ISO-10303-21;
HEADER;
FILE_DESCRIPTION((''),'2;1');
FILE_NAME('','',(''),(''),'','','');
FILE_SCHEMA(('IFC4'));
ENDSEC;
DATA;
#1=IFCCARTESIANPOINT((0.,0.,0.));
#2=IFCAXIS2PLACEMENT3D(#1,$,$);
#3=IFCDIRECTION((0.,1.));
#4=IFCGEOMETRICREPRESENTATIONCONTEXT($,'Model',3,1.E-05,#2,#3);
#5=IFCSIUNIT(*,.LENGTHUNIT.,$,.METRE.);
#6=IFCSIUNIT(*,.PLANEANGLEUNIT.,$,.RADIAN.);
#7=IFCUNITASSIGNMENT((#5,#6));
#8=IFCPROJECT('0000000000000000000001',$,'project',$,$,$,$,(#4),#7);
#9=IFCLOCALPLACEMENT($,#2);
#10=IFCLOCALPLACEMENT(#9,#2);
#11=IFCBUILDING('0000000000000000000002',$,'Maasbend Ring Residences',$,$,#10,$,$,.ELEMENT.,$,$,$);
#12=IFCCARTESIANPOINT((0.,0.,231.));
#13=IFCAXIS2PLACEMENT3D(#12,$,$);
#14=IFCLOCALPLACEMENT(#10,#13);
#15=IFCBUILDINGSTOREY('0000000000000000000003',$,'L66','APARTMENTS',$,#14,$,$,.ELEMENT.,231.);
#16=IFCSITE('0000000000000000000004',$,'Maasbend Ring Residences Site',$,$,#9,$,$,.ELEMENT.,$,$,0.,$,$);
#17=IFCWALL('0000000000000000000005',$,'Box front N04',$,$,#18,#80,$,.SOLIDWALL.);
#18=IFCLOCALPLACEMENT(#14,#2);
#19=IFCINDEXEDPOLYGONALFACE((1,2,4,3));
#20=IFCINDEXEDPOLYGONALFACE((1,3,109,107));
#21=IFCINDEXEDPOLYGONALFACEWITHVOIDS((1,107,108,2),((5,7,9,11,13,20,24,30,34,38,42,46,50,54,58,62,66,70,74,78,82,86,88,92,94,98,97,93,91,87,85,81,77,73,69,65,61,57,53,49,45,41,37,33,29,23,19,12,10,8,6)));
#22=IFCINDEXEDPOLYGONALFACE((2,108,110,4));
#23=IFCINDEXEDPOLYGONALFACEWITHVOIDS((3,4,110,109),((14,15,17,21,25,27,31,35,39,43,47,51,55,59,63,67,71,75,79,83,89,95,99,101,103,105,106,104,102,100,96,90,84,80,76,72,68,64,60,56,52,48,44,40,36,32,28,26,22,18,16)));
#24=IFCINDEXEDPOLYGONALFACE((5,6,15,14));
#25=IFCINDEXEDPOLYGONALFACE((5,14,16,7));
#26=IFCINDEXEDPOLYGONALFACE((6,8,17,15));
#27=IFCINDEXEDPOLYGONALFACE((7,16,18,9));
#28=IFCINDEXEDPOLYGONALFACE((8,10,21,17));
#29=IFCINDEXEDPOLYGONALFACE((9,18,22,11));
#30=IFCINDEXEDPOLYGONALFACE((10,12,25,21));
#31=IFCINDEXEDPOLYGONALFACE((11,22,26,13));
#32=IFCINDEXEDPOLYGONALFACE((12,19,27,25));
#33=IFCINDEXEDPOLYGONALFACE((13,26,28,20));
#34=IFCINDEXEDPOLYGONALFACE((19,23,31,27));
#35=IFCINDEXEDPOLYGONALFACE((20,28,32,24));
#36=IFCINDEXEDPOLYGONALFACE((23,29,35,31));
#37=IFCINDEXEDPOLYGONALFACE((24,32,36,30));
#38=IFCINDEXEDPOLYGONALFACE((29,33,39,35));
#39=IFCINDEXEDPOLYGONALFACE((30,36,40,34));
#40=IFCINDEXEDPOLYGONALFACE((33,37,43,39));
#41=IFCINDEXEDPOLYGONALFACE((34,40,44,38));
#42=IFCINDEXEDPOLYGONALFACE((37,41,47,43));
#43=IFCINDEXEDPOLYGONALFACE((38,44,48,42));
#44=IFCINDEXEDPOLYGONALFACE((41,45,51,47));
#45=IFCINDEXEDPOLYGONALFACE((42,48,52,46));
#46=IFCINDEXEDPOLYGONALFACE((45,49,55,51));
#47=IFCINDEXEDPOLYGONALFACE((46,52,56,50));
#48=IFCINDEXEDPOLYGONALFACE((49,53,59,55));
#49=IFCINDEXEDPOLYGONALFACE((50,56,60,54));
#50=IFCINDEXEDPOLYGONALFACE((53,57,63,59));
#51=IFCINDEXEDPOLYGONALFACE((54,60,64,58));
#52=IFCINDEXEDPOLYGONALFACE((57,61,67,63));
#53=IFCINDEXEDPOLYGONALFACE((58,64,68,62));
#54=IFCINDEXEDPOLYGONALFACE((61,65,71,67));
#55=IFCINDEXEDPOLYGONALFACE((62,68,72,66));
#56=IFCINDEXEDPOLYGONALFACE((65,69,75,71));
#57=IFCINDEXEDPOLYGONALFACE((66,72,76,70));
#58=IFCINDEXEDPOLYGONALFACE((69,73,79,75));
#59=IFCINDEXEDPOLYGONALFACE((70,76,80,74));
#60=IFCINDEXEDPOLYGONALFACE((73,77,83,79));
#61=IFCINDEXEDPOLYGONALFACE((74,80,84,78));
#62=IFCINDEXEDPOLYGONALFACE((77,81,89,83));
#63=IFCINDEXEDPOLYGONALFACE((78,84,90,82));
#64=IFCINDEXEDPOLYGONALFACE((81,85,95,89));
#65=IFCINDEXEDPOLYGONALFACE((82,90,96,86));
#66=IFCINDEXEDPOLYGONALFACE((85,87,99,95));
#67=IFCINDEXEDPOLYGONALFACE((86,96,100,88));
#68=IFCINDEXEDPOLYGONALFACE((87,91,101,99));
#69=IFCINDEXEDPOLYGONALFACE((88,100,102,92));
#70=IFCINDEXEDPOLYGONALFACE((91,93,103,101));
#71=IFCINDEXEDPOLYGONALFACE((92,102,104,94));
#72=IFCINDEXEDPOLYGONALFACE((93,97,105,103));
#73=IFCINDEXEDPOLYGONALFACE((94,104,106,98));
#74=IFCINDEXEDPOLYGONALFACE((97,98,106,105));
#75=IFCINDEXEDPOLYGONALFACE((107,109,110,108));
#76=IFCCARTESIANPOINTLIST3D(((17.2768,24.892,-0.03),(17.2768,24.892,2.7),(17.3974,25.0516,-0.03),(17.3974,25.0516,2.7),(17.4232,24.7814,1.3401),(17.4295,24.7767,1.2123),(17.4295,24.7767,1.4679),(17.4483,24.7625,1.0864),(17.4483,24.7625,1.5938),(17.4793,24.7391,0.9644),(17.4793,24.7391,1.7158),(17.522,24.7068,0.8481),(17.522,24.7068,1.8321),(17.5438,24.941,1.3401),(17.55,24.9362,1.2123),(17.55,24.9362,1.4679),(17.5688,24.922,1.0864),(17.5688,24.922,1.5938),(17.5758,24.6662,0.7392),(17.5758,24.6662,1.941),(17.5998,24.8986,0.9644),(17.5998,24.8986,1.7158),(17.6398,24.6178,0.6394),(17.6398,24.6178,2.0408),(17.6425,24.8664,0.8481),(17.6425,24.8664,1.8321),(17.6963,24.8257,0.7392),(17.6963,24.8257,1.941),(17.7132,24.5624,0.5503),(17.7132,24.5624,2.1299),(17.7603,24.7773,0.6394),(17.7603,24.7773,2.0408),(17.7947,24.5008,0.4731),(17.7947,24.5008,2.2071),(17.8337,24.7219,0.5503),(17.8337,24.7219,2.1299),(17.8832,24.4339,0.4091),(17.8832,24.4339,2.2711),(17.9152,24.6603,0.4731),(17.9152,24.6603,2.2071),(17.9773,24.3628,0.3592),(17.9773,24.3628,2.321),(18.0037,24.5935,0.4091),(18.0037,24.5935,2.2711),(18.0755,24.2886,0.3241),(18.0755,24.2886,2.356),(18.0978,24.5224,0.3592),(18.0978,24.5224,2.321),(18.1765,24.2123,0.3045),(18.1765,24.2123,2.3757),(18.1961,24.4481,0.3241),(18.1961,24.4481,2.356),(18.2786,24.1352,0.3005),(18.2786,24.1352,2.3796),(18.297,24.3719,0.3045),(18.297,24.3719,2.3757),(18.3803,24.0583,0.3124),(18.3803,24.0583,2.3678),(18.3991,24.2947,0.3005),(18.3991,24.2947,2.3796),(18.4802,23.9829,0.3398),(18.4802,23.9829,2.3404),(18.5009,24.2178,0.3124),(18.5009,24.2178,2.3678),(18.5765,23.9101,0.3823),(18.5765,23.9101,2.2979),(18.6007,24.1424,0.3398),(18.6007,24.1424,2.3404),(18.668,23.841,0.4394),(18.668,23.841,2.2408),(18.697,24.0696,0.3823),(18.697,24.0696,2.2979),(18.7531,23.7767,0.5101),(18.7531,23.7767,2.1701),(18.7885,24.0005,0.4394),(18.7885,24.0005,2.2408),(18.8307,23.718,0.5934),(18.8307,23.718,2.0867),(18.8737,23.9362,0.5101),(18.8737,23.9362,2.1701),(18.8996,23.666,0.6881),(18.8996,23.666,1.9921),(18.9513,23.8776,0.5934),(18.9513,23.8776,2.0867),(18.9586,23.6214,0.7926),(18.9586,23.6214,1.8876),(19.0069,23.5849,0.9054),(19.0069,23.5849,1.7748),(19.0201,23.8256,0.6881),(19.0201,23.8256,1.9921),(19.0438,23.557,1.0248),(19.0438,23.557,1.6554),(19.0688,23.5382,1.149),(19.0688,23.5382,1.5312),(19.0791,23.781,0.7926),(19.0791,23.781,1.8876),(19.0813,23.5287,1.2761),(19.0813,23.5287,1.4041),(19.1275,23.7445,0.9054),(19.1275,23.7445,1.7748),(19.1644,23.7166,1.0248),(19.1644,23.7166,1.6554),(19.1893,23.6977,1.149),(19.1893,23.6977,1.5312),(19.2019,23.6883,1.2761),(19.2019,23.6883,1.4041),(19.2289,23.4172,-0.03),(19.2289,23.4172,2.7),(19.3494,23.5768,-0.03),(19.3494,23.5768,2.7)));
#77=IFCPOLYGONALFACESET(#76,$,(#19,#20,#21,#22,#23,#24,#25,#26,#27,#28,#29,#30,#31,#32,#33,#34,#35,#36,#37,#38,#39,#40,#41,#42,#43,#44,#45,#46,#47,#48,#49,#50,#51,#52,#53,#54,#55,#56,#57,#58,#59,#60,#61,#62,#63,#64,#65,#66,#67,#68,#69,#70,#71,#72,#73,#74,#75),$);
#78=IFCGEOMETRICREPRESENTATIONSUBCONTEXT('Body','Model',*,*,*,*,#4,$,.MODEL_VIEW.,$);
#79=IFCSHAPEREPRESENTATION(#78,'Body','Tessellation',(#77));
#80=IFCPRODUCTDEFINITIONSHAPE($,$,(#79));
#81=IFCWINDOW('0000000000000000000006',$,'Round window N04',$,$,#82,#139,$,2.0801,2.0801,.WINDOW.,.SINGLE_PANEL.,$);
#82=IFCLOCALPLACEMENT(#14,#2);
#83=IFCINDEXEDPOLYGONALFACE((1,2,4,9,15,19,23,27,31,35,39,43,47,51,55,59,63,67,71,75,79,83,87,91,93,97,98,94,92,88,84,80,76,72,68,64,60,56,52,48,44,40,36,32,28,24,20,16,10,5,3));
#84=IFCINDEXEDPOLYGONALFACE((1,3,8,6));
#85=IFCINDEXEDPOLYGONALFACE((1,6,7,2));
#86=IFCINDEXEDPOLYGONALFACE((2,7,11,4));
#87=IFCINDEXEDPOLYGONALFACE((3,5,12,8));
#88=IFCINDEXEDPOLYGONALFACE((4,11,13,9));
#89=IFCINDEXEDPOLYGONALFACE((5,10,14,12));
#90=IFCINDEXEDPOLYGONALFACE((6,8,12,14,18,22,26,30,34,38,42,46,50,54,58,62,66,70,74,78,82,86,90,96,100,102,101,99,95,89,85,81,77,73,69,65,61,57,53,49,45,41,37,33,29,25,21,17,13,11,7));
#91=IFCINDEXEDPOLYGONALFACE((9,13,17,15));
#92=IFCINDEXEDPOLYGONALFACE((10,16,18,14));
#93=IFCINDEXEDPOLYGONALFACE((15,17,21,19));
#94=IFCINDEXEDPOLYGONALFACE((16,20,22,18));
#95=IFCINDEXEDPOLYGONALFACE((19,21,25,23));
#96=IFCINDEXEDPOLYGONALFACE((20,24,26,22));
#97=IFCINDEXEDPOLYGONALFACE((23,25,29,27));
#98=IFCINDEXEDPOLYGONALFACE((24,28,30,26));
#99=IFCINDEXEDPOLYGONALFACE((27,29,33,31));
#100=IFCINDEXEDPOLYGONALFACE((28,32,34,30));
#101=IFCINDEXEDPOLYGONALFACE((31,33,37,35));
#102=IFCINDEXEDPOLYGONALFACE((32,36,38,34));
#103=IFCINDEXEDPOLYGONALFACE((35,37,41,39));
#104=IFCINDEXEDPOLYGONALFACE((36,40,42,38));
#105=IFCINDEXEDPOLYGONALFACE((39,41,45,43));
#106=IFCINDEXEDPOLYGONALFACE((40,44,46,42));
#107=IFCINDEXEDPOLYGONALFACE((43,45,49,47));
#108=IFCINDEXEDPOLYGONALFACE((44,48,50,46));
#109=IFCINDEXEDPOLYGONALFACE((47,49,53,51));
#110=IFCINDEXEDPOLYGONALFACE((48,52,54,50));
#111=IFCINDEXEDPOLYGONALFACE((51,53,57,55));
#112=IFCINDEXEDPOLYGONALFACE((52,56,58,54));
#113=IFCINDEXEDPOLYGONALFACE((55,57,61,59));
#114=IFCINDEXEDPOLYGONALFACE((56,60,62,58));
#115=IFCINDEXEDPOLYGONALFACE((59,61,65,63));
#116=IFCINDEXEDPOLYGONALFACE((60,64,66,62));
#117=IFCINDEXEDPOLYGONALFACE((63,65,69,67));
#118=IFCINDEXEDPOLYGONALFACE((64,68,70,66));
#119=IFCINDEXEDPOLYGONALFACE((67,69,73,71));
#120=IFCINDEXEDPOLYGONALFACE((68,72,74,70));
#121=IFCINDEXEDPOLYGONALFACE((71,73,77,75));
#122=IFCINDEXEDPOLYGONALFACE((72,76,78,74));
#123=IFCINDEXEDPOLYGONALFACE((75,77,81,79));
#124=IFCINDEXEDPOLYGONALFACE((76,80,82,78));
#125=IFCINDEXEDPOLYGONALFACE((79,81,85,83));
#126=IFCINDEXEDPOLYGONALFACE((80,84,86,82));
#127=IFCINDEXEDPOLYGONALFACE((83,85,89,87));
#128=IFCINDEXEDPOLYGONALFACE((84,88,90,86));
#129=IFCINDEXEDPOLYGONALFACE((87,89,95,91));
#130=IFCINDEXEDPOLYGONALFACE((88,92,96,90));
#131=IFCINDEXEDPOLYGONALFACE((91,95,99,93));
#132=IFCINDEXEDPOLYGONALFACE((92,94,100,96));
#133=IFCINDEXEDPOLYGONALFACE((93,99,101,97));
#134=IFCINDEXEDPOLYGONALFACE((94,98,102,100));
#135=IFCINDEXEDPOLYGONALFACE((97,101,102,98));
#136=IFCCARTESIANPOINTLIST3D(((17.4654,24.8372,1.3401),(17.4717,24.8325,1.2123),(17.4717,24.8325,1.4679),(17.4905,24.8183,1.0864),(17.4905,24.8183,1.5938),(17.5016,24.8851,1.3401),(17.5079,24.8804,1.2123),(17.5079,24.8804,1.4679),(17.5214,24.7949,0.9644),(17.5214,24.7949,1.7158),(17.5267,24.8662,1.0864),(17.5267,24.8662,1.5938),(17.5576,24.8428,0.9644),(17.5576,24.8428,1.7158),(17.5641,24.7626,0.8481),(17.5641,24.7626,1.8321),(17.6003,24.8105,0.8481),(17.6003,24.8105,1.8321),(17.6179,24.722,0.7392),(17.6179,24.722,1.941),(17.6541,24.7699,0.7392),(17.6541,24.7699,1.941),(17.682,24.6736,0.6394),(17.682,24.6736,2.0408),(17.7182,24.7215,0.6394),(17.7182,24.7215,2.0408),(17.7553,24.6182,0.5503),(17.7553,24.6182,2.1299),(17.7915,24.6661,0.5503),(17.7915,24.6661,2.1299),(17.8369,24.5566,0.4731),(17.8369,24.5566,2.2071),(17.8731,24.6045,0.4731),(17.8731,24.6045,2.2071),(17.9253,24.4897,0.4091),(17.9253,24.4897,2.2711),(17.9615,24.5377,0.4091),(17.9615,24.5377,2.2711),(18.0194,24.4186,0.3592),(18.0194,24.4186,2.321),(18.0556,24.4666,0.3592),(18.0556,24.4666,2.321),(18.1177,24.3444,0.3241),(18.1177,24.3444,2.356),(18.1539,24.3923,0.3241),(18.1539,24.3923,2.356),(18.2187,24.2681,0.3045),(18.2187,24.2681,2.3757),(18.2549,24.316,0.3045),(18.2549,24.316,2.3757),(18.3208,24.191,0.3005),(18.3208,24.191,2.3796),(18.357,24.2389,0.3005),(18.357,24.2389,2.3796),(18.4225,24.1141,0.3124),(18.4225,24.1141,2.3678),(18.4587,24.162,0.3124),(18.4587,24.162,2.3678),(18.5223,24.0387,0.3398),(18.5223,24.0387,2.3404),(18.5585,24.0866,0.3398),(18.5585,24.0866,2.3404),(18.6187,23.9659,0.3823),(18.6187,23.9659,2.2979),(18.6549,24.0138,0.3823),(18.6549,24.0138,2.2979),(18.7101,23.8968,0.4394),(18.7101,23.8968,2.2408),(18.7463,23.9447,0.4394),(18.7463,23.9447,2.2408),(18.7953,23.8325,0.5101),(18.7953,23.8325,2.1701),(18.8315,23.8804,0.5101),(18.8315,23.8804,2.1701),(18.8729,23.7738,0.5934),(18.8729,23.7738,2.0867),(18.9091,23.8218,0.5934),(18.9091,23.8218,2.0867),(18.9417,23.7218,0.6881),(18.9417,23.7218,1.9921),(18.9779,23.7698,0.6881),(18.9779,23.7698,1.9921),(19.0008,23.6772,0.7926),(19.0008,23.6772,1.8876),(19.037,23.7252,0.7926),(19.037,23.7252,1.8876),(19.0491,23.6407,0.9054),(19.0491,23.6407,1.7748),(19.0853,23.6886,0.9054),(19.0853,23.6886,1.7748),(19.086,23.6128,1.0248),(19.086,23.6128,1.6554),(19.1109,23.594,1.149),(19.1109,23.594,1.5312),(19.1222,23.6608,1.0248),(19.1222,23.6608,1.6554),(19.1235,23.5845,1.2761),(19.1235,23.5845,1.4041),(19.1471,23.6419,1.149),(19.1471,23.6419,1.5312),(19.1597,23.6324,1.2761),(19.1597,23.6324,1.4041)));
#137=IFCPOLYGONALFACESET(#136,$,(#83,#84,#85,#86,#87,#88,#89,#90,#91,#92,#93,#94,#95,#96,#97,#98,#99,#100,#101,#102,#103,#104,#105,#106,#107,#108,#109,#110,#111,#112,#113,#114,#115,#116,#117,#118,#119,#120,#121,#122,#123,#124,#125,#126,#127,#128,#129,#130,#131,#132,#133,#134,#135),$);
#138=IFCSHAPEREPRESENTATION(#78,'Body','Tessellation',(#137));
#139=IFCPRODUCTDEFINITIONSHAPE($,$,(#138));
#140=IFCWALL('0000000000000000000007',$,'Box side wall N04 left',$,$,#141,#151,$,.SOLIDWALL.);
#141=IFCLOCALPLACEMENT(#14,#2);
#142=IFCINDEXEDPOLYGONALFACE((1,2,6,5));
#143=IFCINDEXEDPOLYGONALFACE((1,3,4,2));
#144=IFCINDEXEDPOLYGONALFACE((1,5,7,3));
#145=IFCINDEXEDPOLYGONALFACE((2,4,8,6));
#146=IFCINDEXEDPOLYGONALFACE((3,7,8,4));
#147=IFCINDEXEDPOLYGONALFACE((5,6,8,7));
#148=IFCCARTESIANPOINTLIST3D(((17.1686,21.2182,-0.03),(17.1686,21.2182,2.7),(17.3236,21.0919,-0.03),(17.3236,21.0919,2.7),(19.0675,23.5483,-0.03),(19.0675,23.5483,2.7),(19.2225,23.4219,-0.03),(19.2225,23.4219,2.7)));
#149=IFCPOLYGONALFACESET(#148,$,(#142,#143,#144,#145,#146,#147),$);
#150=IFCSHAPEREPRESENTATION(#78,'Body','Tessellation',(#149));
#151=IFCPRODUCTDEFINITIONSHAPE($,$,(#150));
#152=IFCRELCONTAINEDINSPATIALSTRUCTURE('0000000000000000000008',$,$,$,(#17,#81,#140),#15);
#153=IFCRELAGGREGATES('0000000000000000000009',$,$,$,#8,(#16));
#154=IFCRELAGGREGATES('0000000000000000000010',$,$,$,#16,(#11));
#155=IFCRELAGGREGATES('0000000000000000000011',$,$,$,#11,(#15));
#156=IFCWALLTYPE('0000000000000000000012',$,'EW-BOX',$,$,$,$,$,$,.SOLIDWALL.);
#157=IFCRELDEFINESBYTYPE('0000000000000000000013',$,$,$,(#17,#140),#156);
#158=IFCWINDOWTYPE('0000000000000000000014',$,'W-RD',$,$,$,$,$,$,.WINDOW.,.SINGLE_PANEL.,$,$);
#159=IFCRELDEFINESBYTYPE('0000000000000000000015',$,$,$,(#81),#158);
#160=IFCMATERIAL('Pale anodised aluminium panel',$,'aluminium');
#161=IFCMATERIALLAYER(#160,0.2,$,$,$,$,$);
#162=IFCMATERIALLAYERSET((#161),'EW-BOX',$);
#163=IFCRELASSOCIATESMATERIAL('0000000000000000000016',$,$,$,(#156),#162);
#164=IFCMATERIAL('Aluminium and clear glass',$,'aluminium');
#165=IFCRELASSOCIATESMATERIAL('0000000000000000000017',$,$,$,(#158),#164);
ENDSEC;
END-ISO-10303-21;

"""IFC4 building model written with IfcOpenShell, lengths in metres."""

from ifc_helpers import new_model, si_unit, direction, frame, frame_2d, origin, place, context, subcontext, project, spatial, rectangle, circle, extrude, material, layer, layer_set, type_object, element, fill, save


model = new_model("IFC4")

# Units and contexts
model_context = context("Model", 3, precision=1e-05, world=origin(), true_north=direction((0.0, 1.0)))
body_context = subcontext(model_context, "Body", "Model", "MODEL_VIEW")
ifc_project = project(units=[si_unit("LENGTHUNIT", "METRE"), si_unit("PLANEANGLEUNIT", "RADIAN")], contexts=[model_context])

# Site, building, storey
site_placement = place(None, origin())
site = spatial("IfcSite", under=ifc_project, at=site_placement, Name="Maasbend Ring Residences Site", CompositionType="ELEMENT", RefElevation=0.0)
building_placement = place(site_placement, origin())
building = spatial("IfcBuilding", under=site, at=building_placement, Name="Maasbend Ring Residences", CompositionType="ELEMENT")
storey_placement = place(building_placement, frame((0.0, 0.0, 231.0)))
storey = spatial("IfcBuildingStorey", under=building, at=storey_placement, Name="L66", Description="APARTMENTS", CompositionType="ELEMENT", Elevation=231.0)

# Shared definitions
ifc_material_1 = material(Name="Pale anodised aluminium panel", Category="aluminium")
ifc_layer_1 = layer(ifc_material_1, 0.2)
ifc_layer_set_1 = layer_set([ifc_layer_1], Name="EW-BOX")
wall_type_1 = type_object("IfcWallType", Name="EW-BOX", PredefinedType="SOLIDWALL", material=ifc_layer_set_1)
ifc_material_2 = material(Name="Aluminium and clear glass", Category="aluminium")
window_type_1 = type_object("IfcWindowType", Name="W-RD", PartitioningType="SINGLE_PANEL", PredefinedType="WINDOW", material=ifc_material_2)

# Wall, opening, window
wall_1_placement = place(storey_placement, frame((19.2891, 23.4971, -0.03), z_axis=(0.0, 0.0, 1.0), x_axis=(-0.797888, 0.602806, 0.0)))
wall_1 = element("IfcWall", 1, at=wall_1_placement, inside=storey, type_object=wall_type_1, Name="Box front N04", PredefinedType="SOLIDWALL", context=body_context, shape_type="SweptSolid", body=[
    extrude(rectangle(XDim=2.4465, YDim=0.2, at=frame_2d((1.2231, 0.0))), origin(), (0.0, 0.0, 1.0), 2.73),
])
opening_1_placement = place(wall_1_placement, frame((0.1829, 0.0, 0.3301)))
opening_1 = element("IfcOpeningElement", 2, at=opening_1_placement, cuts=wall_1, PredefinedType="OPENING", context=body_context, shape_type="SweptSolid", body=[
    extrude(circle(Radius=1.04, at=frame_2d((1.04, 1.04))), frame((0.0, 0.1099, 0.0), z_axis=(0.0, -1.0, 0.0), x_axis=(1.0, 0.0, 0.0)), (0.0, 0.0, 1.0), 0.22),
])
window_1_placement = place(opening_1_placement, origin())
window_1 = element("IfcWindow", 3, at=window_1_placement, inside=storey, type_object=window_type_1, Name="Round window N04", OverallHeight=2.0801, OverallWidth=2.0801, PartitioningType="SINGLE_PANEL", PredefinedType="WINDOW", context=body_context, shape_type="SweptSolid", body=[
    extrude(circle(Radius=1.04, at=frame_2d((1.04, 1.04))), frame((0.0, 0.03, 0.0), z_axis=(0.0, -1.0, 0.0), x_axis=(1.0, 0.0, 0.0)), (0.0, 0.0, 1.0), 0.0601),
])
fill(opening_1, window_1)

# Wall
wall_2_placement = place(storey_placement, frame((17.2461, 21.155, -0.03), z_axis=(0.0, 0.0, 1.0), x_axis=(0.631742, 0.775179, 0.0)))
element("IfcWall", 4, at=wall_2_placement, inside=storey, type_object=wall_type_1, Name="Box side wall N04 left", PredefinedType="SOLIDWALL", context=body_context, shape_type="SweptSolid", body=[
    extrude(rectangle(XDim=3.0059, YDim=0.2, at=frame_2d((1.5029, 0.0))), origin(), (0.0, 0.0, 1.0), 2.73),
])

save(model, "model.ifc")
